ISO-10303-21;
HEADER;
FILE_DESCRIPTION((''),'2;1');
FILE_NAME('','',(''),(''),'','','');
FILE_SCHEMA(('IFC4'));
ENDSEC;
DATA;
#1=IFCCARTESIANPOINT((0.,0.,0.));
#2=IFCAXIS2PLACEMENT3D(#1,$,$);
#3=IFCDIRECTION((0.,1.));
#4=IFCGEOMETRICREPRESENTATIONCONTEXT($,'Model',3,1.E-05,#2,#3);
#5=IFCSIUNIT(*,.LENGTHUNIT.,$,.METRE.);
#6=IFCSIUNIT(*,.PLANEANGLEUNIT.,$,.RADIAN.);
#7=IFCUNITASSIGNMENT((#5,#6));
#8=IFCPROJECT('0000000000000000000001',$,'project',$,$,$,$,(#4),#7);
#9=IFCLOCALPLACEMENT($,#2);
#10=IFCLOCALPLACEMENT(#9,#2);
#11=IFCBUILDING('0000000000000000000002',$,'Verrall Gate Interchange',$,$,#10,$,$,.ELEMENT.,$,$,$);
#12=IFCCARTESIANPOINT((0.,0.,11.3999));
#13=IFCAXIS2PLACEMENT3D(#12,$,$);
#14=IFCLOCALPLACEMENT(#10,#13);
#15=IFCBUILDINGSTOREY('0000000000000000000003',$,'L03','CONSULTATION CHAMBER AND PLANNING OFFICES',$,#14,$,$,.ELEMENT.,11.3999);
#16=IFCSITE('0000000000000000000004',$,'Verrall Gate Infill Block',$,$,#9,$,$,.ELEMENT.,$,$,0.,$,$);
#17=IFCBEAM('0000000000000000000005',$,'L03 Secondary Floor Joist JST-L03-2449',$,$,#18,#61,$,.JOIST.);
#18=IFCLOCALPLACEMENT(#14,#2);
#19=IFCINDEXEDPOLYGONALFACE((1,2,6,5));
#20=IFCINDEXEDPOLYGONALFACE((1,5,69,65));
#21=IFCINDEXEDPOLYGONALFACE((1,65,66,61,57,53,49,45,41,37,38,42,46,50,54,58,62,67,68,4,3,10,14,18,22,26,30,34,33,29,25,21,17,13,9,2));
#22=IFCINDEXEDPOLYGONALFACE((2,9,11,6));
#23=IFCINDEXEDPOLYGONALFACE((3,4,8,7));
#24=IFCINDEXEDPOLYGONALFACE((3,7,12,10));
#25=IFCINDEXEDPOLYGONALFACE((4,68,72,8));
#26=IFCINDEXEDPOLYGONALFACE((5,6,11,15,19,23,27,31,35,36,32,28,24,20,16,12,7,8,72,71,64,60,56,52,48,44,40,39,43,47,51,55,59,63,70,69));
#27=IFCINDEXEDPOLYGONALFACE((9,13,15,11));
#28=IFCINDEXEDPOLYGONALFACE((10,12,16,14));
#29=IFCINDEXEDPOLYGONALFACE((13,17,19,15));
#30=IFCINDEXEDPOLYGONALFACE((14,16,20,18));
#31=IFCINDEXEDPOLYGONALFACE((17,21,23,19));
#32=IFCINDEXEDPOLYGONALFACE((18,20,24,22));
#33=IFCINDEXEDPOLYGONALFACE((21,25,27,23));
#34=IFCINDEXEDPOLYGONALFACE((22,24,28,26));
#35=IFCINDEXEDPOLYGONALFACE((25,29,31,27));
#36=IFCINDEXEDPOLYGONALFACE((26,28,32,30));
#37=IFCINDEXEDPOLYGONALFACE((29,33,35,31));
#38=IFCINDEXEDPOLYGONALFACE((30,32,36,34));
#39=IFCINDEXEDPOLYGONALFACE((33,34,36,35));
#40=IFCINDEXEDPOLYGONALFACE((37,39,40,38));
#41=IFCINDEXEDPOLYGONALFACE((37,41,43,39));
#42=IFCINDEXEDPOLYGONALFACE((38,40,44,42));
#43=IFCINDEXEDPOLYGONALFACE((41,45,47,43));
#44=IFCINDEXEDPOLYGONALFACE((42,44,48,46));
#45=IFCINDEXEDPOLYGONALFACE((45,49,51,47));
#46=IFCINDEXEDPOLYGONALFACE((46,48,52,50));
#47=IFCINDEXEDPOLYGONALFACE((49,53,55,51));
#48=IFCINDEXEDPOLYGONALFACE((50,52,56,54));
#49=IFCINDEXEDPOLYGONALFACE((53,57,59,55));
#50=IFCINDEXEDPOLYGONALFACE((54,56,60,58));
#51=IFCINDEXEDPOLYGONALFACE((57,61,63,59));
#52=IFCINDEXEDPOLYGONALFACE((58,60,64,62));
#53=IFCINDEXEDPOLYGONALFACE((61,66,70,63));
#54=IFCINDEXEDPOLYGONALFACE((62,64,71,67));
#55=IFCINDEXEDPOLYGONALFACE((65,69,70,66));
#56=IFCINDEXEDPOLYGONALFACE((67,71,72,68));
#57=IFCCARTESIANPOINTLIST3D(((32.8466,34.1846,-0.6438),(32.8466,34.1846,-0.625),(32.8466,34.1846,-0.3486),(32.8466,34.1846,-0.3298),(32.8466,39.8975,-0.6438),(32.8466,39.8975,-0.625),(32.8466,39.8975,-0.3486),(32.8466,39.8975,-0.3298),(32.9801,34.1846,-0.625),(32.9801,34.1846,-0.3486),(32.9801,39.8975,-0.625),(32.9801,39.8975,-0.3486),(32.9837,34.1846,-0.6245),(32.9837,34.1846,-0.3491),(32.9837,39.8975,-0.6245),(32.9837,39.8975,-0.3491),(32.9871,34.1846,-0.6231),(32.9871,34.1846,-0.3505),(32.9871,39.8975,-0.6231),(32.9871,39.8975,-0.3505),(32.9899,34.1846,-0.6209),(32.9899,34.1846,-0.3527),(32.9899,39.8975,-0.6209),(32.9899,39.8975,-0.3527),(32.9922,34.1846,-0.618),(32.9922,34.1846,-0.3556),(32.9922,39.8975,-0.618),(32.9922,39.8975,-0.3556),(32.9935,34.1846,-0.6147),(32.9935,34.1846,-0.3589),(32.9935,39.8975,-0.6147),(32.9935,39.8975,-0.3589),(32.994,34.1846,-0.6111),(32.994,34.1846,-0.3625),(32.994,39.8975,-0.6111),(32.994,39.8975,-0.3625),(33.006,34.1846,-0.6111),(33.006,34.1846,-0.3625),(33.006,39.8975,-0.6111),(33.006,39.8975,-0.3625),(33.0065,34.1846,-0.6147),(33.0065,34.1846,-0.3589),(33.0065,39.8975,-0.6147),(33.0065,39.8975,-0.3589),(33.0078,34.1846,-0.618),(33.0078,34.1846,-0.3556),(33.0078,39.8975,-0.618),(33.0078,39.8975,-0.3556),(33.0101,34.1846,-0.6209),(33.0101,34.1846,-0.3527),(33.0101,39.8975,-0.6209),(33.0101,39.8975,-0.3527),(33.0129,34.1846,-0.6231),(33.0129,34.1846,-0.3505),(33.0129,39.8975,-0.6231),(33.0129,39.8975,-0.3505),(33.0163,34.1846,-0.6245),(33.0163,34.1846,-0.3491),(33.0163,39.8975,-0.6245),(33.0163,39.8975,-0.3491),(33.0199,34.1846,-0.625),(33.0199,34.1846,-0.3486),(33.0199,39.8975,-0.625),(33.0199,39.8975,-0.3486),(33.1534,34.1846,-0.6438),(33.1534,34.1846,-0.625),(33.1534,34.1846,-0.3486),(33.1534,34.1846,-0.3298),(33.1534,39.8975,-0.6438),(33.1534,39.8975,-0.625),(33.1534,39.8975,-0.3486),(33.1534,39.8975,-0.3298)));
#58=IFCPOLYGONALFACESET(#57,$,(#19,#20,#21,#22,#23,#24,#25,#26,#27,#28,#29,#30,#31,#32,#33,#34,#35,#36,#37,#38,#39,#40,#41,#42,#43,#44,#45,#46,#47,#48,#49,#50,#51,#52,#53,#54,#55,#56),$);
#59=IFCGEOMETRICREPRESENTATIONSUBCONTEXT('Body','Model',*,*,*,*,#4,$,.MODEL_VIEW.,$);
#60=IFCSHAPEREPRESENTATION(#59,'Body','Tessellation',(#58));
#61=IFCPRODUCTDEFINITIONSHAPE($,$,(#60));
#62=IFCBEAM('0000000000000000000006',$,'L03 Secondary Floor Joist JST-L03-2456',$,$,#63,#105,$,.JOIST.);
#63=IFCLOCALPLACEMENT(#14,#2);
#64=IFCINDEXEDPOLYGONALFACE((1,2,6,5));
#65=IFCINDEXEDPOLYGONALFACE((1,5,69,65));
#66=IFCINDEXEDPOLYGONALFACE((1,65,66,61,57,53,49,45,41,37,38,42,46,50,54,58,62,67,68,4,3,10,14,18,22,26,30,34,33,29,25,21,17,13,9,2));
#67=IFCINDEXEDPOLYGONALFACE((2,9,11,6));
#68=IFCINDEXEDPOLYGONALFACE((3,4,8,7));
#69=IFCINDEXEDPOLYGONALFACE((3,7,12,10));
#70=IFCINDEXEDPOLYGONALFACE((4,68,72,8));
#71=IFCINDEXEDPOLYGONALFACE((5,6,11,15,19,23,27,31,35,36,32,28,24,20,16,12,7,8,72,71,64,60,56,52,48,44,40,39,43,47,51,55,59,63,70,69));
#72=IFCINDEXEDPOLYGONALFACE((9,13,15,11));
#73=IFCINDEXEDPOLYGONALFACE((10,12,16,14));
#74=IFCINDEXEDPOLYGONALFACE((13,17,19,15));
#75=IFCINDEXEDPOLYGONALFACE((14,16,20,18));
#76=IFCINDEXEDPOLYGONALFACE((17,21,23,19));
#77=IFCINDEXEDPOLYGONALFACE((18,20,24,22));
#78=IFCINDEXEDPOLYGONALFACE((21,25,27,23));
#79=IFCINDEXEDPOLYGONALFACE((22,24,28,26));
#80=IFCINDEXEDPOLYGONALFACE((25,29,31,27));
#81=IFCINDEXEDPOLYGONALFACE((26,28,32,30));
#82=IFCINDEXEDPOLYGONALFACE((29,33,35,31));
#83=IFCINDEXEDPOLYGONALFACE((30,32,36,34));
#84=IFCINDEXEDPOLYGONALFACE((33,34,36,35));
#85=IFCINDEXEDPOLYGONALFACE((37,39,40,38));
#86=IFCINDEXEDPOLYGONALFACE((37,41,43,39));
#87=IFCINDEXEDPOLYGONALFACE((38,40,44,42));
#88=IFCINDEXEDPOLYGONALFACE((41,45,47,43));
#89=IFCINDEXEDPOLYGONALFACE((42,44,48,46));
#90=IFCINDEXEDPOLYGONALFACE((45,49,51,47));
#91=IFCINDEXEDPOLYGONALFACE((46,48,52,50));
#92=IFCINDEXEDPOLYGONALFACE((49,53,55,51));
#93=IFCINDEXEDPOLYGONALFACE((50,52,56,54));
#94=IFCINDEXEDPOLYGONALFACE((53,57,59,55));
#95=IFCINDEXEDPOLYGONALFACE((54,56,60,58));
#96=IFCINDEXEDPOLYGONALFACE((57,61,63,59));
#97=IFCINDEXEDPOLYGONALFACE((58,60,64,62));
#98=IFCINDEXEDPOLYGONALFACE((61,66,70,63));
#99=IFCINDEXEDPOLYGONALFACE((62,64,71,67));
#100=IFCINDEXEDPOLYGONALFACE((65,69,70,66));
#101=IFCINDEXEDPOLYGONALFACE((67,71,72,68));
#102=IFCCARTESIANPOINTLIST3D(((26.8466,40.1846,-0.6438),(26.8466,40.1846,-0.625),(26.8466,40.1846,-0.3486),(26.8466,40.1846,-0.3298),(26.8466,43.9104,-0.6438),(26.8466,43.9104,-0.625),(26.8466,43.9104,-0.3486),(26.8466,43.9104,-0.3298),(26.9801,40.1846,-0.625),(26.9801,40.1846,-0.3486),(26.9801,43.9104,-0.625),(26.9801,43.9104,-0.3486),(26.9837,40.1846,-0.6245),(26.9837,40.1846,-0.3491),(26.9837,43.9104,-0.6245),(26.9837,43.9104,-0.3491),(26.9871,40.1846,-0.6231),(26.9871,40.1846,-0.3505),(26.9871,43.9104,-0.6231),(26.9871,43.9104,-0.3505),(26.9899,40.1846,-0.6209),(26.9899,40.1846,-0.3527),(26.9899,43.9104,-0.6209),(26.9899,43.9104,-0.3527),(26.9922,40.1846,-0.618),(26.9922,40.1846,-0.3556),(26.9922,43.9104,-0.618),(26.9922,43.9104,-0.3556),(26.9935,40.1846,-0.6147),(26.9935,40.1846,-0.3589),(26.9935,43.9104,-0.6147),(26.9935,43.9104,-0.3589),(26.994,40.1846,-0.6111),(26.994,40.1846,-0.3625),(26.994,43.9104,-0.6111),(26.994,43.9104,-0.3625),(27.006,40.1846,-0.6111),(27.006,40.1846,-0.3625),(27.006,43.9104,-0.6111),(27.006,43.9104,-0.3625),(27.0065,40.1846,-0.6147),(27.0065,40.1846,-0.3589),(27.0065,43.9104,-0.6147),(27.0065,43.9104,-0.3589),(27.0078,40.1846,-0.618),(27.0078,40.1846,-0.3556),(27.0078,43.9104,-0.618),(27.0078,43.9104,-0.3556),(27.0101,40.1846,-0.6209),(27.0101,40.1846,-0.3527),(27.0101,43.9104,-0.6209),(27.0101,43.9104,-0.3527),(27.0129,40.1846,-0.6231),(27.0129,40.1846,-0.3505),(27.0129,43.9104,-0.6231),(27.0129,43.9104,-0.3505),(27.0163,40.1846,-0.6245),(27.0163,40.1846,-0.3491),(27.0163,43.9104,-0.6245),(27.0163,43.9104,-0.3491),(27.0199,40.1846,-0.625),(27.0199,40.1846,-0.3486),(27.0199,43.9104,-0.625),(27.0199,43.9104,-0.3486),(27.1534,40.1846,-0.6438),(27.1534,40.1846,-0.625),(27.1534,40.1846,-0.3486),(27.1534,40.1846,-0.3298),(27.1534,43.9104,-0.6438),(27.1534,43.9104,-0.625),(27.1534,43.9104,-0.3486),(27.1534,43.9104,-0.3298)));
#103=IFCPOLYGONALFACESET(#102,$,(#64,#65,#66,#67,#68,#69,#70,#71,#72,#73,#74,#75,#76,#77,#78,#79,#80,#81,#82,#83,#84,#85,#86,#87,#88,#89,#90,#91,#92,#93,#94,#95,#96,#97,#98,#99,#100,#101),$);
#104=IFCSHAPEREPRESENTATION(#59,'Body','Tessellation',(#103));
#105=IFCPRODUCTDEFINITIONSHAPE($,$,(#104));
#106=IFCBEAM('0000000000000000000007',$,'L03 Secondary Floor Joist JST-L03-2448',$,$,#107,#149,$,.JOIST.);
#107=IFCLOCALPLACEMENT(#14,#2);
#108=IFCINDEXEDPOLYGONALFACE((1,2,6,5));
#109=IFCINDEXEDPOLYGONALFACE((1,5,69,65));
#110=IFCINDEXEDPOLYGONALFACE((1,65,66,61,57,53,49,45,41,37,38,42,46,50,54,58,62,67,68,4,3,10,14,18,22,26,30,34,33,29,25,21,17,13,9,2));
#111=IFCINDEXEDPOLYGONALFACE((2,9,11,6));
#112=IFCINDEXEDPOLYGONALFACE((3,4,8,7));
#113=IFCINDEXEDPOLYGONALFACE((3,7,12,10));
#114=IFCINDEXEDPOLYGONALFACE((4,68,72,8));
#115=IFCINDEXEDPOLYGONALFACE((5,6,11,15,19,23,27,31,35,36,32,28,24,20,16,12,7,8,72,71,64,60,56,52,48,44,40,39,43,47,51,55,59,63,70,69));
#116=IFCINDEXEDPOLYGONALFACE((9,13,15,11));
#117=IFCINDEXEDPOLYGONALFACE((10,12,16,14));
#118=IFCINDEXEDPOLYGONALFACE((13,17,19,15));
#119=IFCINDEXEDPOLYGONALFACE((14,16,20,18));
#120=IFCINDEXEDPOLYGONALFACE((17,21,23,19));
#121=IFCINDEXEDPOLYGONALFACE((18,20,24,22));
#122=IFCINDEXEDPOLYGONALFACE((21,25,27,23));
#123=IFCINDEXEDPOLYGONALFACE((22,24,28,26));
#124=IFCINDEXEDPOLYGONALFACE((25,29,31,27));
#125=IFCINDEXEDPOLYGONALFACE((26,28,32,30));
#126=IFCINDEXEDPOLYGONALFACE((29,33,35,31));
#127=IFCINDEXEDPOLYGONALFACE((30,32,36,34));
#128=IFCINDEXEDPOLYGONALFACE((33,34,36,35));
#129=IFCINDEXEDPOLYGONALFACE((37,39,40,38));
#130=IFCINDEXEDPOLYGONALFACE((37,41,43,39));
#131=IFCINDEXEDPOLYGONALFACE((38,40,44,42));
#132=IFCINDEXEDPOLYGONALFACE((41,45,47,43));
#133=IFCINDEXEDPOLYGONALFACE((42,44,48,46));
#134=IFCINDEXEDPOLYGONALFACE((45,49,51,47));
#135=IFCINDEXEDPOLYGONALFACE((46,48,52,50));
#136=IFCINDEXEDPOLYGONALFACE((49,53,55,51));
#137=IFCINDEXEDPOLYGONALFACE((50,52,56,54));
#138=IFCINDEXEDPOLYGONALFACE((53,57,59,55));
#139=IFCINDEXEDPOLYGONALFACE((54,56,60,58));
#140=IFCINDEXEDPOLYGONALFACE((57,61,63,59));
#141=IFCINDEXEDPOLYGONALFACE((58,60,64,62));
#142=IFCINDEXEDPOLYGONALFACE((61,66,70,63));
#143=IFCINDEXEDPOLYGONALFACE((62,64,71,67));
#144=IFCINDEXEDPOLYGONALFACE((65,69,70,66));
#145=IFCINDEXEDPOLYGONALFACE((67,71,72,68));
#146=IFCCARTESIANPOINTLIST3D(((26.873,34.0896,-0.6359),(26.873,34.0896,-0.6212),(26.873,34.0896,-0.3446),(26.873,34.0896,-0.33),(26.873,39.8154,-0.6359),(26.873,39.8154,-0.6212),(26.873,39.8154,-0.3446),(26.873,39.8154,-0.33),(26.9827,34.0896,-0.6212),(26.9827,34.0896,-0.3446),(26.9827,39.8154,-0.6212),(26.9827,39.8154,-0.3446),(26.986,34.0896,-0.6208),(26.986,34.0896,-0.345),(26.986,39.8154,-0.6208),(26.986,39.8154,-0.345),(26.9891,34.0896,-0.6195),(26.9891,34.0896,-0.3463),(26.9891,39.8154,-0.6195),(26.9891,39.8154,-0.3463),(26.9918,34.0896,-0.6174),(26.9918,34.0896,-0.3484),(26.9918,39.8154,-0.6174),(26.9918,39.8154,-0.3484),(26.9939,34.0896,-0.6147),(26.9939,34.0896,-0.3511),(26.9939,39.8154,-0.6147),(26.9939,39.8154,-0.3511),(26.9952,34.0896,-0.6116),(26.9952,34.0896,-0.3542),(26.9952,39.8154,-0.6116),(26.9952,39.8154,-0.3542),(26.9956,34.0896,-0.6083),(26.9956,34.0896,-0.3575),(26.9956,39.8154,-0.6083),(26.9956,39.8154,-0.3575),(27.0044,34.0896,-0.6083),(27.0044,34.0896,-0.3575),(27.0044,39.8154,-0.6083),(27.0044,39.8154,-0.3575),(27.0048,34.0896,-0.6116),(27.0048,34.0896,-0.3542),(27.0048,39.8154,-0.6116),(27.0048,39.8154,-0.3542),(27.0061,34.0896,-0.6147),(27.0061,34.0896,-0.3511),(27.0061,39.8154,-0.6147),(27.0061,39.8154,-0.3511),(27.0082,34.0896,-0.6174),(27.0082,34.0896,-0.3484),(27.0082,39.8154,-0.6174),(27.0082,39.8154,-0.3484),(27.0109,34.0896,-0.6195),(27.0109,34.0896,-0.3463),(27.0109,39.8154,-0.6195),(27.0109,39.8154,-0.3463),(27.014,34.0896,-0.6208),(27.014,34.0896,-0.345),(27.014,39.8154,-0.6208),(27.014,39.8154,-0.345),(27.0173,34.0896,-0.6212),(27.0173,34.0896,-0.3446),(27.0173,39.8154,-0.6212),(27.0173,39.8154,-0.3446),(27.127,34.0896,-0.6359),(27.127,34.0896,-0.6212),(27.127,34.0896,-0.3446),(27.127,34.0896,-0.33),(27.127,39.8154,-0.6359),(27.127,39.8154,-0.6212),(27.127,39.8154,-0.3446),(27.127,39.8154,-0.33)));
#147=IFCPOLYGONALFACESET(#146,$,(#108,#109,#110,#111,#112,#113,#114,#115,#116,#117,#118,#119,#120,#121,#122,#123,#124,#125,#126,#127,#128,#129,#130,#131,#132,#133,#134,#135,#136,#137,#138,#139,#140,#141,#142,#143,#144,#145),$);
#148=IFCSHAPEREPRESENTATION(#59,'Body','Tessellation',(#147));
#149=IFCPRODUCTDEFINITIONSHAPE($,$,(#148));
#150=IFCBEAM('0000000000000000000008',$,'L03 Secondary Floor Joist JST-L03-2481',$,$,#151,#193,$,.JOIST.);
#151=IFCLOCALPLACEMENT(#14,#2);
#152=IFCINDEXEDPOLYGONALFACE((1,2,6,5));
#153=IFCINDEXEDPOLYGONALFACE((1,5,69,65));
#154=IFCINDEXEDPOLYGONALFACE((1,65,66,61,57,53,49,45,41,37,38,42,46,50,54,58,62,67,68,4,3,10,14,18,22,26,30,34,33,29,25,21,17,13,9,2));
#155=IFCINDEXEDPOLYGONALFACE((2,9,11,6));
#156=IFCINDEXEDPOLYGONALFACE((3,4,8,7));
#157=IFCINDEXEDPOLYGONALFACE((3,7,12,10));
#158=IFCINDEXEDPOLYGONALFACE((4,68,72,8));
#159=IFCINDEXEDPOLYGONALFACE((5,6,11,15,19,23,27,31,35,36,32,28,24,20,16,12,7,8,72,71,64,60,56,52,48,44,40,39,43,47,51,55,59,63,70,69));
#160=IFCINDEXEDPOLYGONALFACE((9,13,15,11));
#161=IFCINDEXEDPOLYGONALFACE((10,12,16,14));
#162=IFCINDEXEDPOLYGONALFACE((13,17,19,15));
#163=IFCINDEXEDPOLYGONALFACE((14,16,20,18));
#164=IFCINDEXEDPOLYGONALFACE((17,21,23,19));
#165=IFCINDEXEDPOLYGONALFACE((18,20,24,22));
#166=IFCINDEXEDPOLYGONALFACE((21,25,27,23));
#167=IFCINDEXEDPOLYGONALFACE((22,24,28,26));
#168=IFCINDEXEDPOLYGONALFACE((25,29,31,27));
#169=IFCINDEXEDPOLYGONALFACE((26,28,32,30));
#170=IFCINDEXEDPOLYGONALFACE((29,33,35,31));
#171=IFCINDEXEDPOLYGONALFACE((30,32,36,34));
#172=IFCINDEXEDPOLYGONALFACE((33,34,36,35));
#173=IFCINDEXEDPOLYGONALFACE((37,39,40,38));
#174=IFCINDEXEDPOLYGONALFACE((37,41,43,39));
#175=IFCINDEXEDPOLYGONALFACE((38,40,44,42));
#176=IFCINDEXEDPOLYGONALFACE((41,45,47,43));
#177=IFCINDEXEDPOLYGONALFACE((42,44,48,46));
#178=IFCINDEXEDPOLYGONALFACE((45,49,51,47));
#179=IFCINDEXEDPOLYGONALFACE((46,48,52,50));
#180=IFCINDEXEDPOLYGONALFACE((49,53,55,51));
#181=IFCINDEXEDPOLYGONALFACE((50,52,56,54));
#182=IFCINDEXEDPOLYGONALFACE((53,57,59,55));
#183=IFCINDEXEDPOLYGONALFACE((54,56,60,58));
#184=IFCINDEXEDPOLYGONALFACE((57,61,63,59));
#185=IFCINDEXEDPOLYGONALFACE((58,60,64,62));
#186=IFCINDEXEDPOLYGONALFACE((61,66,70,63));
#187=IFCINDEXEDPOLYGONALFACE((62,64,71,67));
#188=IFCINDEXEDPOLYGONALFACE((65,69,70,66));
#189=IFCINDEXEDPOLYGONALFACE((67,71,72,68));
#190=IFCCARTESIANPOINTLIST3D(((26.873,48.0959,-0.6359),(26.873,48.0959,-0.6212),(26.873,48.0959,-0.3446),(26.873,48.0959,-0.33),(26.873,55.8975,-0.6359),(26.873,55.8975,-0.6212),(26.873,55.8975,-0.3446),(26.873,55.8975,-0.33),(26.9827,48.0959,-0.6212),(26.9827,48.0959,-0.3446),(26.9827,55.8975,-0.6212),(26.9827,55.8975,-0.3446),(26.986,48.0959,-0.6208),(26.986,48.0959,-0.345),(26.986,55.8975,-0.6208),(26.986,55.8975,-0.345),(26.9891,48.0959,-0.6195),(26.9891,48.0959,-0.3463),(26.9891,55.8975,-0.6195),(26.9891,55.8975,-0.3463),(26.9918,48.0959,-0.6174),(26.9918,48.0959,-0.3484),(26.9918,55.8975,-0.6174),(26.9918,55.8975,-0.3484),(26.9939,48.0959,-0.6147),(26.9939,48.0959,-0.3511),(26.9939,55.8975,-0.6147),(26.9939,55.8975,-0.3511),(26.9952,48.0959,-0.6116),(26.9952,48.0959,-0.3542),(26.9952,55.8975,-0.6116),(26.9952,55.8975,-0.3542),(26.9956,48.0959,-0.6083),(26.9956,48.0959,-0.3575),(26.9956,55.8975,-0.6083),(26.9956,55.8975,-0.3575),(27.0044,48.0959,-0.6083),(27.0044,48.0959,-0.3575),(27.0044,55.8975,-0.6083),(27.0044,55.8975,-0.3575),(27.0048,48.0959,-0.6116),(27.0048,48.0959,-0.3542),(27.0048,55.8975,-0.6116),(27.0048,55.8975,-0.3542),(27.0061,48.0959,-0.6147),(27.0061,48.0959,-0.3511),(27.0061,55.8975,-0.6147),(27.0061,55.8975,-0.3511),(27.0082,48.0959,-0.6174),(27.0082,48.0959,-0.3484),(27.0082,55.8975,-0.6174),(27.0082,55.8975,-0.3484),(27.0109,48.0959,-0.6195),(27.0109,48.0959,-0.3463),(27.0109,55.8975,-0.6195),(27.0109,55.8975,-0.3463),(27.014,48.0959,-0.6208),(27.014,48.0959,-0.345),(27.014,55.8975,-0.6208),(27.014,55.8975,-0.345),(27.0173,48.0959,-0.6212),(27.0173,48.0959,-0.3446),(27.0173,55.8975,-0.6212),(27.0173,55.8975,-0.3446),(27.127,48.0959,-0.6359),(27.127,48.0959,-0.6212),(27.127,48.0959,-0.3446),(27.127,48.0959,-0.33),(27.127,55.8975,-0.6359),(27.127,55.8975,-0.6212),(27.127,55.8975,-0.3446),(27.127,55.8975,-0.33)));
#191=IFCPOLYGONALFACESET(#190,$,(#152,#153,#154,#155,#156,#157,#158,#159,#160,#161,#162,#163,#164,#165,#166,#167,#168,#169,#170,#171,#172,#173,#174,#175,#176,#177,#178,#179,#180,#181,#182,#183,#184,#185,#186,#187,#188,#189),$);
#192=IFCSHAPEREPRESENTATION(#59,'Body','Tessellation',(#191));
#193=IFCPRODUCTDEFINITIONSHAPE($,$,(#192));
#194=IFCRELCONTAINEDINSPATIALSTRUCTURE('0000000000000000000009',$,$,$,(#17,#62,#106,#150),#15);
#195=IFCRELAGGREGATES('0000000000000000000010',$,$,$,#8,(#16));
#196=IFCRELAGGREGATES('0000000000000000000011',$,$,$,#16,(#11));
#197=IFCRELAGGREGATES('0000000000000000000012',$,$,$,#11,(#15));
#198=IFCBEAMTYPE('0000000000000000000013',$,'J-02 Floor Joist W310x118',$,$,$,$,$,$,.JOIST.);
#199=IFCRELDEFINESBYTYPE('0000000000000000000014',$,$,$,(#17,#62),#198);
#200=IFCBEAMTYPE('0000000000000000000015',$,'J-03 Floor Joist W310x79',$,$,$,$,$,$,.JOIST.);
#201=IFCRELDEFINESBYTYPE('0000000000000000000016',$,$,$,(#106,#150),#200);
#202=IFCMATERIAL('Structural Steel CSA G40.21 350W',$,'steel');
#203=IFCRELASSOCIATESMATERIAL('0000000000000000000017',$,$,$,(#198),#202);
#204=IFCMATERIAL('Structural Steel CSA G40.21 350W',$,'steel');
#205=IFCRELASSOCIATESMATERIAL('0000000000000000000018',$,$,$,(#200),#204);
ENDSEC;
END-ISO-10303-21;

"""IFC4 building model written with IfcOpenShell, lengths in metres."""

from ifc_helpers import new_model, si_unit, direction, frame, origin, origin_2d, place, context, subcontext, project, spatial, i_section, extrude, material, material_profile, profile_set, type_object, element, save


model = new_model("IFC4")

# Units and contexts
model_context = context("Model", 3, precision=1e-05, world=origin(), true_north=direction((0.0, 1.0)))
body_context = subcontext(model_context, "Body", "Model", "MODEL_VIEW")
ifc_project = project(units=[si_unit("LENGTHUNIT", "METRE"), si_unit("PLANEANGLEUNIT", "RADIAN")], contexts=[model_context])

# Site, building, storey
site_placement = place(None, origin())
site = spatial("IfcSite", under=ifc_project, at=site_placement, Name="Verrall Gate Infill Block", CompositionType="ELEMENT", RefElevation=0.0)
building_placement = place(site_placement, origin())
building = spatial("IfcBuilding", under=site, at=building_placement, Name="Verrall Gate Interchange", CompositionType="ELEMENT")
storey_placement = place(building_placement, frame((0.0, 0.0, 11.3999)))
storey = spatial("IfcBuildingStorey", under=building, at=storey_placement, Name="L03", Description="CONSULTATION CHAMBER AND PLANNING OFFICES", CompositionType="ELEMENT", Elevation=11.3999)

# Beams
ifc_material_1 = material(Name="Structural Steel CSA G40.21 350W", Category="steel")
ifc_material_profile_1 = material_profile(ifc_material_1, i_section(OverallWidth=0.3069, OverallDepth=0.314, WebThickness=0.012, FlangeThickness=0.0188, FilletRadius=0.0139, at=origin_2d()), Name="W310x118")
ifc_profile_set_1 = profile_set([ifc_material_profile_1], Name="Structural Steel CSA G40.21 350W")
beam_type_1 = type_object("IfcBeamType", Name="J-02 Floor Joist W310x118", PredefinedType="JOIST", material=ifc_profile_set_1)
beam_1_placement = place(storey_placement, frame((33.0, 34.1846, -0.4868), z_axis=(0.0, 1.0, 0.0), x_axis=(-1.0, 0.0, 0.0)))
element("IfcBeam", 1, at=beam_1_placement, inside=storey, type_object=beam_type_1, Name="L03 Secondary Floor Joist JST-L03-2449", PredefinedType="JOIST", context=body_context, shape_type="SweptSolid", body=[
    extrude(i_section(OverallWidth=0.3069, OverallDepth=0.314, WebThickness=0.012, FlangeThickness=0.0188, FilletRadius=0.0139, at=origin_2d()), origin(), (0.0, 0.0, 1.0), 5.7129),
])
beam_2_placement = place(storey_placement, frame((27.0, 40.1846, -0.4868), z_axis=(0.0, 1.0, 0.0), x_axis=(-1.0, 0.0, 0.0)))
element("IfcBeam", 2, at=beam_2_placement, inside=storey, type_object=beam_type_1, Name="L03 Secondary Floor Joist JST-L03-2456", PredefinedType="JOIST", context=body_context, shape_type="SweptSolid", body=[
    extrude(i_section(OverallWidth=0.3069, OverallDepth=0.314, WebThickness=0.012, FlangeThickness=0.0188, FilletRadius=0.0139, at=origin_2d()), origin(), (0.0, 0.0, 1.0), 3.7258),
])
ifc_material_2 = material(Name="Structural Steel CSA G40.21 350W", Category="steel")
ifc_material_profile_2 = material_profile(ifc_material_2, i_section(OverallWidth=0.2539, OverallDepth=0.3059, WebThickness=0.0088, FlangeThickness=0.0146, FilletRadius=0.0129, at=origin_2d()), Name="W310x79")
ifc_profile_set_2 = profile_set([ifc_material_profile_2], Name="Structural Steel CSA G40.21 350W")
beam_type_2 = type_object("IfcBeamType", Name="J-03 Floor Joist W310x79", PredefinedType="JOIST", material=ifc_profile_set_2)
beam_3_placement = place(storey_placement, frame((27.0, 34.0896, -0.4829), z_axis=(0.0, 1.0, 0.0), x_axis=(-1.0, 0.0, 0.0)))
element("IfcBeam", 3, at=beam_3_placement, inside=storey, type_object=beam_type_2, Name="L03 Secondary Floor Joist JST-L03-2448", PredefinedType="JOIST", context=body_context, shape_type="SweptSolid", body=[
    extrude(i_section(OverallWidth=0.2539, OverallDepth=0.3059, WebThickness=0.0088, FlangeThickness=0.0146, FilletRadius=0.0129, at=origin_2d()), origin(), (0.0, 0.0, 1.0), 5.7258),
])
beam_4_placement = place(storey_placement, frame((27.0, 48.0959, -0.4829), z_axis=(0.0, 1.0, 0.0), x_axis=(-1.0, 0.0, 0.0)))
element("IfcBeam", 4, at=beam_4_placement, inside=storey, type_object=beam_type_2, Name="L03 Secondary Floor Joist JST-L03-2481", PredefinedType="JOIST", context=body_context, shape_type="SweptSolid", body=[
    extrude(i_section(OverallWidth=0.2539, OverallDepth=0.3059, WebThickness=0.0088, FlangeThickness=0.0146, FilletRadius=0.0129, at=origin_2d()), origin(), (0.0, 0.0, 1.0), 7.8015),
])

save(model, "model.ifc")
